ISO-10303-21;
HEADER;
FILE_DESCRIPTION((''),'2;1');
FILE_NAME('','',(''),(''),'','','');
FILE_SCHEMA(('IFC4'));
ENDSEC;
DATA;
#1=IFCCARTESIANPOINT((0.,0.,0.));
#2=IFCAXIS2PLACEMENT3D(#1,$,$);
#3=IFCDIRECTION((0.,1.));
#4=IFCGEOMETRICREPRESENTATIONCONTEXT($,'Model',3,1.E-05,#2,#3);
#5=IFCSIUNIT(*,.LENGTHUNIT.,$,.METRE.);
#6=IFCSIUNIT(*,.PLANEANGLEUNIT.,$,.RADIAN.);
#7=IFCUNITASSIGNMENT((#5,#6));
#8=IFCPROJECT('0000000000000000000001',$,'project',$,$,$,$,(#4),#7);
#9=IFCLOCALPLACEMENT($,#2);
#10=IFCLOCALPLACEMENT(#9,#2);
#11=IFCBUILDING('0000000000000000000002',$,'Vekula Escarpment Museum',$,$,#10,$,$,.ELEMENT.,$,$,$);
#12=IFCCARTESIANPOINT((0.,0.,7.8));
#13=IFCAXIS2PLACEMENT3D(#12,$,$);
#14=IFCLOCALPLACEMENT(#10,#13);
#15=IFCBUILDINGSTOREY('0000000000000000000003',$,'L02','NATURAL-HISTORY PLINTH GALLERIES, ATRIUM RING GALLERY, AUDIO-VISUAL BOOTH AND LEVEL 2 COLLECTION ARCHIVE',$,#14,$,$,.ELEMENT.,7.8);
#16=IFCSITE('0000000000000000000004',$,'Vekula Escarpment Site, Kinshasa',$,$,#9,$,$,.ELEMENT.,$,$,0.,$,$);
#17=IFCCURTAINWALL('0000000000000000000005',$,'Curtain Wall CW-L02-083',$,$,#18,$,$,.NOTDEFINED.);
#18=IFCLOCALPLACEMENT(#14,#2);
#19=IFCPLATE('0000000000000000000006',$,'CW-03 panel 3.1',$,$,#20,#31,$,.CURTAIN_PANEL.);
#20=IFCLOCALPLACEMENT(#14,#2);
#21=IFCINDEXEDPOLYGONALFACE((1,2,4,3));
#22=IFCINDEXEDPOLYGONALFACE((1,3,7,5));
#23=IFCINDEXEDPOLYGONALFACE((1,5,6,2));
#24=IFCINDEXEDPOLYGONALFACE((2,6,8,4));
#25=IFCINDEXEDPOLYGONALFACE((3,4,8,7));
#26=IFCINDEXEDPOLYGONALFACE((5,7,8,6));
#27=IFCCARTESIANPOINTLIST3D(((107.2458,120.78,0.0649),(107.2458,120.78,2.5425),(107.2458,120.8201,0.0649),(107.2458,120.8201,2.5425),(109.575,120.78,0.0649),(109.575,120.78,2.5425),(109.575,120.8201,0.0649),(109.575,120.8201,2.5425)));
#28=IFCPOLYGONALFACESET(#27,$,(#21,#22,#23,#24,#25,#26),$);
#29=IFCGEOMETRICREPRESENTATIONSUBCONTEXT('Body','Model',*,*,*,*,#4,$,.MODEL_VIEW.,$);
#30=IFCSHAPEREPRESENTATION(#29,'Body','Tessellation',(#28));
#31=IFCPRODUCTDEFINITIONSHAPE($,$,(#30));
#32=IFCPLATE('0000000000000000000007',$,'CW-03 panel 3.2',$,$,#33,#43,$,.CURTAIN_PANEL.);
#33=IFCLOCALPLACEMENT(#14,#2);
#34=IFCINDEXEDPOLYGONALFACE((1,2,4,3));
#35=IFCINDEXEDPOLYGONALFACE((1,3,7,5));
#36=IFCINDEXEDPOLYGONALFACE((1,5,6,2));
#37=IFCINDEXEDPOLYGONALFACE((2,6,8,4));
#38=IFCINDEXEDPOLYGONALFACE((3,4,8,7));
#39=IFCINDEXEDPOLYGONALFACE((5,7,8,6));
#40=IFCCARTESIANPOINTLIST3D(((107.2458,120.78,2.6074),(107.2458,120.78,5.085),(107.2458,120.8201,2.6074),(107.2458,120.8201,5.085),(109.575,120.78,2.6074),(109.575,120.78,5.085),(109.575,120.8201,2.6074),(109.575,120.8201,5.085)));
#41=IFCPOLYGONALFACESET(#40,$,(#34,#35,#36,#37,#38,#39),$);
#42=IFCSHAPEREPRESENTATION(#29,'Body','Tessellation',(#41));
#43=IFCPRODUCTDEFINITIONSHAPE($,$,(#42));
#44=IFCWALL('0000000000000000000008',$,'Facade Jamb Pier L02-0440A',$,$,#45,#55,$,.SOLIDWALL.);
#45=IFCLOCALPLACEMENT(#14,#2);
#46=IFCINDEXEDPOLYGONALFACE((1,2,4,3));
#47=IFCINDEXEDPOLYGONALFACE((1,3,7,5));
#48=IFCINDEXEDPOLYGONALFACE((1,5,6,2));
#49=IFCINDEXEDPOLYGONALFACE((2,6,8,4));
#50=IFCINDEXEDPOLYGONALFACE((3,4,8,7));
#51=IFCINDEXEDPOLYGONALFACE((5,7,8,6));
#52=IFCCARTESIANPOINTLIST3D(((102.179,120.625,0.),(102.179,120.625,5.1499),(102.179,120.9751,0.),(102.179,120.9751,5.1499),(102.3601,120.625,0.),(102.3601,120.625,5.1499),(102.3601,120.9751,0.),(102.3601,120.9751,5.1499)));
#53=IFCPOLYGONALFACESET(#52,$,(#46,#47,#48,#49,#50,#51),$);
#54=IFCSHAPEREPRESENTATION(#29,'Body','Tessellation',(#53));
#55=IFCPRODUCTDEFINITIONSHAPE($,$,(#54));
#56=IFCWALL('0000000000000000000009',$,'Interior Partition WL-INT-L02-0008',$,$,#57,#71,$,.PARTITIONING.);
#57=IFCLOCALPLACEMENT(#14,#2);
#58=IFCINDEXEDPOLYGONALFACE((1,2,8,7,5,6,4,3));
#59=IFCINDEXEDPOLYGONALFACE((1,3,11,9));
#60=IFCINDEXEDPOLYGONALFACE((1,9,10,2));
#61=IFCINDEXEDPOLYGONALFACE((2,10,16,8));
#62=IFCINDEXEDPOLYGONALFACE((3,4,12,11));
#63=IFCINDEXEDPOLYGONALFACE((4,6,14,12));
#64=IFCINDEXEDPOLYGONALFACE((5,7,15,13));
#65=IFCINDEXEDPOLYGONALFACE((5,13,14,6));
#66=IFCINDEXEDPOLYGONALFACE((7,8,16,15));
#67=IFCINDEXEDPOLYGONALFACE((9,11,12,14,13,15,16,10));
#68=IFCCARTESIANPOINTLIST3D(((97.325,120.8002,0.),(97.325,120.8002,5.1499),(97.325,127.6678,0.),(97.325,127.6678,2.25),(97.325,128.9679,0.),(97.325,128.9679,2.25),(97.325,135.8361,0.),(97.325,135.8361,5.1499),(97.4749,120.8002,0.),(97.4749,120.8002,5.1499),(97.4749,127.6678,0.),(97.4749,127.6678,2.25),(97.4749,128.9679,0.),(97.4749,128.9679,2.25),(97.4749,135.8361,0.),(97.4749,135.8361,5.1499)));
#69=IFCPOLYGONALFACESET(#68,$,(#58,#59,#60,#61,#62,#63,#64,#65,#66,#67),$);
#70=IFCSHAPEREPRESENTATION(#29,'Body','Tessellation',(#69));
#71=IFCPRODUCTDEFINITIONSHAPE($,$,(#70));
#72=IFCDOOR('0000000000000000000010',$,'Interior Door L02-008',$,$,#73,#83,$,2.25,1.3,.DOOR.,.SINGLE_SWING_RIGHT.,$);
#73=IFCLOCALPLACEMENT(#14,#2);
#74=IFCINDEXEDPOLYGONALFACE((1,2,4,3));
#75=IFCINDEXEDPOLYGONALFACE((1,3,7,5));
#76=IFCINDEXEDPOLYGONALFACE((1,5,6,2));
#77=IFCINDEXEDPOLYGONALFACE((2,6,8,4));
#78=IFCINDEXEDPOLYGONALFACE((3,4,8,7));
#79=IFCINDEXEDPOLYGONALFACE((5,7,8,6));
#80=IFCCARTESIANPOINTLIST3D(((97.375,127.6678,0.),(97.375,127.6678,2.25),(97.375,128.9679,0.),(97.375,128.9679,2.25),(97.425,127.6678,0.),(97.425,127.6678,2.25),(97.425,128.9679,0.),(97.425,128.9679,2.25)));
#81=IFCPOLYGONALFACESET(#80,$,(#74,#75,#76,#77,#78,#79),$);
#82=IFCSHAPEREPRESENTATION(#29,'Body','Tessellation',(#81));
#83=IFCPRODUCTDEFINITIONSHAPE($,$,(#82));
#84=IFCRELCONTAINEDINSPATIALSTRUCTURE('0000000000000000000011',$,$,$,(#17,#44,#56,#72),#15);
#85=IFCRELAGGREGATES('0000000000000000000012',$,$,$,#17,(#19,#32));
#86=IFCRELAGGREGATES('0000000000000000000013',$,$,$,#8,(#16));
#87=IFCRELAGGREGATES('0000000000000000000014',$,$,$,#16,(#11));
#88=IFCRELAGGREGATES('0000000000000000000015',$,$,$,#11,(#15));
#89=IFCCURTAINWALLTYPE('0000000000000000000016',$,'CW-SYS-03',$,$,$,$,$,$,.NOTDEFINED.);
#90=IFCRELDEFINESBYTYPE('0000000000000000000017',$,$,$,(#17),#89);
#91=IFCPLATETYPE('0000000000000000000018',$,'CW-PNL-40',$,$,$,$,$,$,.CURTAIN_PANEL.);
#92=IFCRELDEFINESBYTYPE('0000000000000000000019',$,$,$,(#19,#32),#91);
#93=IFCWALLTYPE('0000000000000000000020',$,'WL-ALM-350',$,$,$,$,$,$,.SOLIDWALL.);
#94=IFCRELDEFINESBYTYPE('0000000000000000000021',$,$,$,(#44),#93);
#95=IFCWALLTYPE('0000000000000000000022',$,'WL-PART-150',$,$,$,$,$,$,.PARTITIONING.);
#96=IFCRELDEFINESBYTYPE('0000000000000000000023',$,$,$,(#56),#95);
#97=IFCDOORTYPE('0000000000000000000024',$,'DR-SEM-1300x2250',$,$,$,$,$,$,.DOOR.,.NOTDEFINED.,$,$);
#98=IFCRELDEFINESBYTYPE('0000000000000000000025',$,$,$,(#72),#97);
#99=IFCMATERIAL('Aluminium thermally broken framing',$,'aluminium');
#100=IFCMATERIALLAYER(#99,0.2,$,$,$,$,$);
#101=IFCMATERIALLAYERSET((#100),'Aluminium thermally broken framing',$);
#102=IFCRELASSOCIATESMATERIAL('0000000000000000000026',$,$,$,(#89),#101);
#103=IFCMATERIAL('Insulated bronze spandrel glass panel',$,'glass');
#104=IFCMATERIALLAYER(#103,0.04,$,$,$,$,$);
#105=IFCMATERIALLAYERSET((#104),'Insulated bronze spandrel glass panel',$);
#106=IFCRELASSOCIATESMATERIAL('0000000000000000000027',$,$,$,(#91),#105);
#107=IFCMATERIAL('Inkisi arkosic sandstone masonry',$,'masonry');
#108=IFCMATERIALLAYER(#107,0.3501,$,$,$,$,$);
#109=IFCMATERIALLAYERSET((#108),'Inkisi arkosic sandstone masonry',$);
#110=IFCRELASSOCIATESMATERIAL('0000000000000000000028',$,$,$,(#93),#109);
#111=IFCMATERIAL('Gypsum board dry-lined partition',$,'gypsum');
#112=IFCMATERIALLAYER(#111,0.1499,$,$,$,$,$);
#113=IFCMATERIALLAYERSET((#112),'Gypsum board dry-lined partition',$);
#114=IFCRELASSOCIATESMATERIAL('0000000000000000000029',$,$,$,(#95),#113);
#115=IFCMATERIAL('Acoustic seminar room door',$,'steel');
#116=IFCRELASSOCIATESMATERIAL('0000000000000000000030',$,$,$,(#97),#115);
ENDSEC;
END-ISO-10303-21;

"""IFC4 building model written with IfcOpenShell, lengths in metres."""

from ifc_helpers import new_model, si_unit, direction, frame, frame_2d, origin, origin_2d, place, context, subcontext, project, spatial, rectangle, extrude, material, layer, layer_set, type_object, element, fill, aggregate, save


model = new_model("IFC4")

# Units and contexts
model_context = context("Model", 3, precision=1e-05, world=origin(), true_north=direction((0.0, 1.0)))
body_context = subcontext(model_context, "Body", "Model", "MODEL_VIEW")
ifc_project = project(units=[si_unit("LENGTHUNIT", "METRE"), si_unit("PLANEANGLEUNIT", "RADIAN")], contexts=[model_context])

# Site, building, storey
site_placement = place(None, origin())
site = spatial("IfcSite", under=ifc_project, at=site_placement, Name="Vekula Escarpment Site, Kinshasa", CompositionType="ELEMENT", RefElevation=0.0)
building_placement = place(site_placement, origin())
building = spatial("IfcBuilding", under=site, at=building_placement, Name="Vekula Escarpment Museum", CompositionType="ELEMENT")
storey_placement = place(building_placement, frame((0.0, 0.0, 7.8)))
storey = spatial("IfcBuildingStorey", under=building, at=storey_placement, Name="L02", Description="NATURAL-HISTORY PLINTH GALLERIES, ATRIUM RING GALLERY, AUDIO-VISUAL BOOTH AND LEVEL 2 COLLECTION ARCHIVE", CompositionType="ELEMENT", Elevation=7.8)

# Curtain wall, plates
ifc_material_1 = material(Name="Aluminium thermally broken framing", Category="aluminium")
ifc_layer_1 = layer(ifc_material_1, 0.2)
ifc_layer_set_1 = layer_set([ifc_layer_1], Name="Aluminium thermally broken framing")
curtain_wall_type = type_object("IfcCurtainWallType", Name="CW-SYS-03", PredefinedType="NOTDEFINED", material=ifc_layer_set_1)
curtain_wall_placement = place(storey_placement, origin())
curtain_wall = element("IfcCurtainWall", 1, at=curtain_wall_placement, inside=storey, type_object=curtain_wall_type, Name="Curtain Wall CW-L02-083", PredefinedType="NOTDEFINED")
ifc_material_2 = material(Name="Insulated bronze spandrel glass panel", Category="glass")
ifc_layer_2 = layer(ifc_material_2, 0.04)
ifc_layer_set_2 = layer_set([ifc_layer_2], Name="Insulated bronze spandrel glass panel")
plate_type = type_object("IfcPlateType", Name="CW-PNL-40", PredefinedType="CURTAIN_PANEL", material=ifc_layer_set_2)
plate_1_placement = place(storey_placement, frame((108.4104, 120.8, 0.0649), z_axis=(0.0, 0.0, 1.0), x_axis=(1.0, 0.0, 0.0)))
plate_1 = element("IfcPlate", 2, at=plate_1_placement, type_object=plate_type, Name="CW-03 panel 3.1", PredefinedType="CURTAIN_PANEL", context=body_context, shape_type="SweptSolid", body=[
    extrude(rectangle(XDim=2.3291, YDim=0.04, at=origin_2d()), origin(), (0.0, 0.0, 1.0), 2.4775),
])
plate_2_placement = place(storey_placement, frame((108.4104, 120.8, 2.6074), z_axis=(0.0, 0.0, 1.0), x_axis=(1.0, 0.0, 0.0)))
plate_2 = element("IfcPlate", 3, at=plate_2_placement, type_object=plate_type, Name="CW-03 panel 3.2", PredefinedType="CURTAIN_PANEL", context=body_context, shape_type="SweptSolid", body=[
    extrude(rectangle(XDim=2.3291, YDim=0.04, at=origin_2d()), origin(), (0.0, 0.0, 1.0), 2.4775),
])
aggregate(curtain_wall, [plate_1, plate_2])

# Wall
ifc_material_3 = material(Name="Inkisi arkosic sandstone masonry", Category="masonry")
ifc_layer_3 = layer(ifc_material_3, 0.3501)
ifc_layer_set_3 = layer_set([ifc_layer_3], Name="Inkisi arkosic sandstone masonry")
wall_type_1 = type_object("IfcWallType", Name="WL-ALM-350", PredefinedType="SOLIDWALL", material=ifc_layer_set_3)
wall_1_placement = place(storey_placement, frame((102.179, 120.8, 0.0), z_axis=(0.0, 0.0, 1.0), x_axis=(1.0, 0.0, 0.0)))
element("IfcWall", 4, at=wall_1_placement, inside=storey, type_object=wall_type_1, Name="Facade Jamb Pier L02-0440A", PredefinedType="SOLIDWALL", context=body_context, shape_type="SweptSolid", body=[
    extrude(rectangle(XDim=0.1812, YDim=0.3501, at=frame_2d((0.0906, 0.0))), origin(), (0.0, 0.0, 1.0), 5.1499),
])

# Wall, opening, door
ifc_material_4 = material(Name="Gypsum board dry-lined partition", Category="gypsum")
ifc_layer_4 = layer(ifc_material_4, 0.1499)
ifc_layer_set_4 = layer_set([ifc_layer_4], Name="Gypsum board dry-lined partition")
wall_type_2 = type_object("IfcWallType", Name="WL-PART-150", PredefinedType="PARTITIONING", material=ifc_layer_set_4)
wall_2_placement = place(storey_placement, frame((97.3999, 120.8, 0.0), z_axis=(0.0, 0.0, 1.0), x_axis=(0.0, 1.0, 0.0)))
wall_2 = element("IfcWall", 5, at=wall_2_placement, inside=storey, type_object=wall_type_2, Name="Interior Partition WL-INT-L02-0008", PredefinedType="PARTITIONING", context=body_context, shape_type="SweptSolid", body=[
    extrude(rectangle(XDim=15.0359, YDim=0.1499, at=frame_2d((7.5181, 0.0))), origin(), (0.0, 0.0, 1.0), 5.1499),
])
opening_1_placement = place(wall_2_placement, frame((6.8679, 0.0, 0.0)))
opening_1 = element("IfcOpeningElement", 6, at=opening_1_placement, cuts=wall_2, PredefinedType="OPENING", context=body_context, shape_type="SweptSolid", body=[
    extrude(rectangle(XDim=1.3, YDim=2.25, at=frame_2d((0.6499, 1.125))), frame((0.0, 0.085, 0.0), z_axis=(0.0, -1.0, 0.0), x_axis=(1.0, 0.0, 0.0)), (0.0, 0.0, 1.0), 0.1699),
])
ifc_material_5 = material(Name="Acoustic seminar room door", Category="steel")
door_type_1 = type_object("IfcDoorType", Name="DR-SEM-1300x2250", OperationType="NOTDEFINED", PredefinedType="DOOR", material=ifc_material_5)
door_1_placement = place(opening_1_placement, origin())
door_1 = element("IfcDoor", 7, at=door_1_placement, inside=storey, type_object=door_type_1, Name="Interior Door L02-008", OperationType="SINGLE_SWING_RIGHT", OverallHeight=2.25, OverallWidth=1.3, PredefinedType="DOOR", context=body_context, shape_type="SweptSolid", body=[
    extrude(rectangle(XDim=1.3, YDim=2.25, at=frame_2d((0.6499, 1.125))), frame((0.0, 0.0249, 0.0), z_axis=(0.0, -1.0, 0.0), x_axis=(1.0, 0.0, 0.0)), (0.0, 0.0, 1.0), 0.05),
])
fill(opening_1, door_1)

save(model, "model.ifc")
